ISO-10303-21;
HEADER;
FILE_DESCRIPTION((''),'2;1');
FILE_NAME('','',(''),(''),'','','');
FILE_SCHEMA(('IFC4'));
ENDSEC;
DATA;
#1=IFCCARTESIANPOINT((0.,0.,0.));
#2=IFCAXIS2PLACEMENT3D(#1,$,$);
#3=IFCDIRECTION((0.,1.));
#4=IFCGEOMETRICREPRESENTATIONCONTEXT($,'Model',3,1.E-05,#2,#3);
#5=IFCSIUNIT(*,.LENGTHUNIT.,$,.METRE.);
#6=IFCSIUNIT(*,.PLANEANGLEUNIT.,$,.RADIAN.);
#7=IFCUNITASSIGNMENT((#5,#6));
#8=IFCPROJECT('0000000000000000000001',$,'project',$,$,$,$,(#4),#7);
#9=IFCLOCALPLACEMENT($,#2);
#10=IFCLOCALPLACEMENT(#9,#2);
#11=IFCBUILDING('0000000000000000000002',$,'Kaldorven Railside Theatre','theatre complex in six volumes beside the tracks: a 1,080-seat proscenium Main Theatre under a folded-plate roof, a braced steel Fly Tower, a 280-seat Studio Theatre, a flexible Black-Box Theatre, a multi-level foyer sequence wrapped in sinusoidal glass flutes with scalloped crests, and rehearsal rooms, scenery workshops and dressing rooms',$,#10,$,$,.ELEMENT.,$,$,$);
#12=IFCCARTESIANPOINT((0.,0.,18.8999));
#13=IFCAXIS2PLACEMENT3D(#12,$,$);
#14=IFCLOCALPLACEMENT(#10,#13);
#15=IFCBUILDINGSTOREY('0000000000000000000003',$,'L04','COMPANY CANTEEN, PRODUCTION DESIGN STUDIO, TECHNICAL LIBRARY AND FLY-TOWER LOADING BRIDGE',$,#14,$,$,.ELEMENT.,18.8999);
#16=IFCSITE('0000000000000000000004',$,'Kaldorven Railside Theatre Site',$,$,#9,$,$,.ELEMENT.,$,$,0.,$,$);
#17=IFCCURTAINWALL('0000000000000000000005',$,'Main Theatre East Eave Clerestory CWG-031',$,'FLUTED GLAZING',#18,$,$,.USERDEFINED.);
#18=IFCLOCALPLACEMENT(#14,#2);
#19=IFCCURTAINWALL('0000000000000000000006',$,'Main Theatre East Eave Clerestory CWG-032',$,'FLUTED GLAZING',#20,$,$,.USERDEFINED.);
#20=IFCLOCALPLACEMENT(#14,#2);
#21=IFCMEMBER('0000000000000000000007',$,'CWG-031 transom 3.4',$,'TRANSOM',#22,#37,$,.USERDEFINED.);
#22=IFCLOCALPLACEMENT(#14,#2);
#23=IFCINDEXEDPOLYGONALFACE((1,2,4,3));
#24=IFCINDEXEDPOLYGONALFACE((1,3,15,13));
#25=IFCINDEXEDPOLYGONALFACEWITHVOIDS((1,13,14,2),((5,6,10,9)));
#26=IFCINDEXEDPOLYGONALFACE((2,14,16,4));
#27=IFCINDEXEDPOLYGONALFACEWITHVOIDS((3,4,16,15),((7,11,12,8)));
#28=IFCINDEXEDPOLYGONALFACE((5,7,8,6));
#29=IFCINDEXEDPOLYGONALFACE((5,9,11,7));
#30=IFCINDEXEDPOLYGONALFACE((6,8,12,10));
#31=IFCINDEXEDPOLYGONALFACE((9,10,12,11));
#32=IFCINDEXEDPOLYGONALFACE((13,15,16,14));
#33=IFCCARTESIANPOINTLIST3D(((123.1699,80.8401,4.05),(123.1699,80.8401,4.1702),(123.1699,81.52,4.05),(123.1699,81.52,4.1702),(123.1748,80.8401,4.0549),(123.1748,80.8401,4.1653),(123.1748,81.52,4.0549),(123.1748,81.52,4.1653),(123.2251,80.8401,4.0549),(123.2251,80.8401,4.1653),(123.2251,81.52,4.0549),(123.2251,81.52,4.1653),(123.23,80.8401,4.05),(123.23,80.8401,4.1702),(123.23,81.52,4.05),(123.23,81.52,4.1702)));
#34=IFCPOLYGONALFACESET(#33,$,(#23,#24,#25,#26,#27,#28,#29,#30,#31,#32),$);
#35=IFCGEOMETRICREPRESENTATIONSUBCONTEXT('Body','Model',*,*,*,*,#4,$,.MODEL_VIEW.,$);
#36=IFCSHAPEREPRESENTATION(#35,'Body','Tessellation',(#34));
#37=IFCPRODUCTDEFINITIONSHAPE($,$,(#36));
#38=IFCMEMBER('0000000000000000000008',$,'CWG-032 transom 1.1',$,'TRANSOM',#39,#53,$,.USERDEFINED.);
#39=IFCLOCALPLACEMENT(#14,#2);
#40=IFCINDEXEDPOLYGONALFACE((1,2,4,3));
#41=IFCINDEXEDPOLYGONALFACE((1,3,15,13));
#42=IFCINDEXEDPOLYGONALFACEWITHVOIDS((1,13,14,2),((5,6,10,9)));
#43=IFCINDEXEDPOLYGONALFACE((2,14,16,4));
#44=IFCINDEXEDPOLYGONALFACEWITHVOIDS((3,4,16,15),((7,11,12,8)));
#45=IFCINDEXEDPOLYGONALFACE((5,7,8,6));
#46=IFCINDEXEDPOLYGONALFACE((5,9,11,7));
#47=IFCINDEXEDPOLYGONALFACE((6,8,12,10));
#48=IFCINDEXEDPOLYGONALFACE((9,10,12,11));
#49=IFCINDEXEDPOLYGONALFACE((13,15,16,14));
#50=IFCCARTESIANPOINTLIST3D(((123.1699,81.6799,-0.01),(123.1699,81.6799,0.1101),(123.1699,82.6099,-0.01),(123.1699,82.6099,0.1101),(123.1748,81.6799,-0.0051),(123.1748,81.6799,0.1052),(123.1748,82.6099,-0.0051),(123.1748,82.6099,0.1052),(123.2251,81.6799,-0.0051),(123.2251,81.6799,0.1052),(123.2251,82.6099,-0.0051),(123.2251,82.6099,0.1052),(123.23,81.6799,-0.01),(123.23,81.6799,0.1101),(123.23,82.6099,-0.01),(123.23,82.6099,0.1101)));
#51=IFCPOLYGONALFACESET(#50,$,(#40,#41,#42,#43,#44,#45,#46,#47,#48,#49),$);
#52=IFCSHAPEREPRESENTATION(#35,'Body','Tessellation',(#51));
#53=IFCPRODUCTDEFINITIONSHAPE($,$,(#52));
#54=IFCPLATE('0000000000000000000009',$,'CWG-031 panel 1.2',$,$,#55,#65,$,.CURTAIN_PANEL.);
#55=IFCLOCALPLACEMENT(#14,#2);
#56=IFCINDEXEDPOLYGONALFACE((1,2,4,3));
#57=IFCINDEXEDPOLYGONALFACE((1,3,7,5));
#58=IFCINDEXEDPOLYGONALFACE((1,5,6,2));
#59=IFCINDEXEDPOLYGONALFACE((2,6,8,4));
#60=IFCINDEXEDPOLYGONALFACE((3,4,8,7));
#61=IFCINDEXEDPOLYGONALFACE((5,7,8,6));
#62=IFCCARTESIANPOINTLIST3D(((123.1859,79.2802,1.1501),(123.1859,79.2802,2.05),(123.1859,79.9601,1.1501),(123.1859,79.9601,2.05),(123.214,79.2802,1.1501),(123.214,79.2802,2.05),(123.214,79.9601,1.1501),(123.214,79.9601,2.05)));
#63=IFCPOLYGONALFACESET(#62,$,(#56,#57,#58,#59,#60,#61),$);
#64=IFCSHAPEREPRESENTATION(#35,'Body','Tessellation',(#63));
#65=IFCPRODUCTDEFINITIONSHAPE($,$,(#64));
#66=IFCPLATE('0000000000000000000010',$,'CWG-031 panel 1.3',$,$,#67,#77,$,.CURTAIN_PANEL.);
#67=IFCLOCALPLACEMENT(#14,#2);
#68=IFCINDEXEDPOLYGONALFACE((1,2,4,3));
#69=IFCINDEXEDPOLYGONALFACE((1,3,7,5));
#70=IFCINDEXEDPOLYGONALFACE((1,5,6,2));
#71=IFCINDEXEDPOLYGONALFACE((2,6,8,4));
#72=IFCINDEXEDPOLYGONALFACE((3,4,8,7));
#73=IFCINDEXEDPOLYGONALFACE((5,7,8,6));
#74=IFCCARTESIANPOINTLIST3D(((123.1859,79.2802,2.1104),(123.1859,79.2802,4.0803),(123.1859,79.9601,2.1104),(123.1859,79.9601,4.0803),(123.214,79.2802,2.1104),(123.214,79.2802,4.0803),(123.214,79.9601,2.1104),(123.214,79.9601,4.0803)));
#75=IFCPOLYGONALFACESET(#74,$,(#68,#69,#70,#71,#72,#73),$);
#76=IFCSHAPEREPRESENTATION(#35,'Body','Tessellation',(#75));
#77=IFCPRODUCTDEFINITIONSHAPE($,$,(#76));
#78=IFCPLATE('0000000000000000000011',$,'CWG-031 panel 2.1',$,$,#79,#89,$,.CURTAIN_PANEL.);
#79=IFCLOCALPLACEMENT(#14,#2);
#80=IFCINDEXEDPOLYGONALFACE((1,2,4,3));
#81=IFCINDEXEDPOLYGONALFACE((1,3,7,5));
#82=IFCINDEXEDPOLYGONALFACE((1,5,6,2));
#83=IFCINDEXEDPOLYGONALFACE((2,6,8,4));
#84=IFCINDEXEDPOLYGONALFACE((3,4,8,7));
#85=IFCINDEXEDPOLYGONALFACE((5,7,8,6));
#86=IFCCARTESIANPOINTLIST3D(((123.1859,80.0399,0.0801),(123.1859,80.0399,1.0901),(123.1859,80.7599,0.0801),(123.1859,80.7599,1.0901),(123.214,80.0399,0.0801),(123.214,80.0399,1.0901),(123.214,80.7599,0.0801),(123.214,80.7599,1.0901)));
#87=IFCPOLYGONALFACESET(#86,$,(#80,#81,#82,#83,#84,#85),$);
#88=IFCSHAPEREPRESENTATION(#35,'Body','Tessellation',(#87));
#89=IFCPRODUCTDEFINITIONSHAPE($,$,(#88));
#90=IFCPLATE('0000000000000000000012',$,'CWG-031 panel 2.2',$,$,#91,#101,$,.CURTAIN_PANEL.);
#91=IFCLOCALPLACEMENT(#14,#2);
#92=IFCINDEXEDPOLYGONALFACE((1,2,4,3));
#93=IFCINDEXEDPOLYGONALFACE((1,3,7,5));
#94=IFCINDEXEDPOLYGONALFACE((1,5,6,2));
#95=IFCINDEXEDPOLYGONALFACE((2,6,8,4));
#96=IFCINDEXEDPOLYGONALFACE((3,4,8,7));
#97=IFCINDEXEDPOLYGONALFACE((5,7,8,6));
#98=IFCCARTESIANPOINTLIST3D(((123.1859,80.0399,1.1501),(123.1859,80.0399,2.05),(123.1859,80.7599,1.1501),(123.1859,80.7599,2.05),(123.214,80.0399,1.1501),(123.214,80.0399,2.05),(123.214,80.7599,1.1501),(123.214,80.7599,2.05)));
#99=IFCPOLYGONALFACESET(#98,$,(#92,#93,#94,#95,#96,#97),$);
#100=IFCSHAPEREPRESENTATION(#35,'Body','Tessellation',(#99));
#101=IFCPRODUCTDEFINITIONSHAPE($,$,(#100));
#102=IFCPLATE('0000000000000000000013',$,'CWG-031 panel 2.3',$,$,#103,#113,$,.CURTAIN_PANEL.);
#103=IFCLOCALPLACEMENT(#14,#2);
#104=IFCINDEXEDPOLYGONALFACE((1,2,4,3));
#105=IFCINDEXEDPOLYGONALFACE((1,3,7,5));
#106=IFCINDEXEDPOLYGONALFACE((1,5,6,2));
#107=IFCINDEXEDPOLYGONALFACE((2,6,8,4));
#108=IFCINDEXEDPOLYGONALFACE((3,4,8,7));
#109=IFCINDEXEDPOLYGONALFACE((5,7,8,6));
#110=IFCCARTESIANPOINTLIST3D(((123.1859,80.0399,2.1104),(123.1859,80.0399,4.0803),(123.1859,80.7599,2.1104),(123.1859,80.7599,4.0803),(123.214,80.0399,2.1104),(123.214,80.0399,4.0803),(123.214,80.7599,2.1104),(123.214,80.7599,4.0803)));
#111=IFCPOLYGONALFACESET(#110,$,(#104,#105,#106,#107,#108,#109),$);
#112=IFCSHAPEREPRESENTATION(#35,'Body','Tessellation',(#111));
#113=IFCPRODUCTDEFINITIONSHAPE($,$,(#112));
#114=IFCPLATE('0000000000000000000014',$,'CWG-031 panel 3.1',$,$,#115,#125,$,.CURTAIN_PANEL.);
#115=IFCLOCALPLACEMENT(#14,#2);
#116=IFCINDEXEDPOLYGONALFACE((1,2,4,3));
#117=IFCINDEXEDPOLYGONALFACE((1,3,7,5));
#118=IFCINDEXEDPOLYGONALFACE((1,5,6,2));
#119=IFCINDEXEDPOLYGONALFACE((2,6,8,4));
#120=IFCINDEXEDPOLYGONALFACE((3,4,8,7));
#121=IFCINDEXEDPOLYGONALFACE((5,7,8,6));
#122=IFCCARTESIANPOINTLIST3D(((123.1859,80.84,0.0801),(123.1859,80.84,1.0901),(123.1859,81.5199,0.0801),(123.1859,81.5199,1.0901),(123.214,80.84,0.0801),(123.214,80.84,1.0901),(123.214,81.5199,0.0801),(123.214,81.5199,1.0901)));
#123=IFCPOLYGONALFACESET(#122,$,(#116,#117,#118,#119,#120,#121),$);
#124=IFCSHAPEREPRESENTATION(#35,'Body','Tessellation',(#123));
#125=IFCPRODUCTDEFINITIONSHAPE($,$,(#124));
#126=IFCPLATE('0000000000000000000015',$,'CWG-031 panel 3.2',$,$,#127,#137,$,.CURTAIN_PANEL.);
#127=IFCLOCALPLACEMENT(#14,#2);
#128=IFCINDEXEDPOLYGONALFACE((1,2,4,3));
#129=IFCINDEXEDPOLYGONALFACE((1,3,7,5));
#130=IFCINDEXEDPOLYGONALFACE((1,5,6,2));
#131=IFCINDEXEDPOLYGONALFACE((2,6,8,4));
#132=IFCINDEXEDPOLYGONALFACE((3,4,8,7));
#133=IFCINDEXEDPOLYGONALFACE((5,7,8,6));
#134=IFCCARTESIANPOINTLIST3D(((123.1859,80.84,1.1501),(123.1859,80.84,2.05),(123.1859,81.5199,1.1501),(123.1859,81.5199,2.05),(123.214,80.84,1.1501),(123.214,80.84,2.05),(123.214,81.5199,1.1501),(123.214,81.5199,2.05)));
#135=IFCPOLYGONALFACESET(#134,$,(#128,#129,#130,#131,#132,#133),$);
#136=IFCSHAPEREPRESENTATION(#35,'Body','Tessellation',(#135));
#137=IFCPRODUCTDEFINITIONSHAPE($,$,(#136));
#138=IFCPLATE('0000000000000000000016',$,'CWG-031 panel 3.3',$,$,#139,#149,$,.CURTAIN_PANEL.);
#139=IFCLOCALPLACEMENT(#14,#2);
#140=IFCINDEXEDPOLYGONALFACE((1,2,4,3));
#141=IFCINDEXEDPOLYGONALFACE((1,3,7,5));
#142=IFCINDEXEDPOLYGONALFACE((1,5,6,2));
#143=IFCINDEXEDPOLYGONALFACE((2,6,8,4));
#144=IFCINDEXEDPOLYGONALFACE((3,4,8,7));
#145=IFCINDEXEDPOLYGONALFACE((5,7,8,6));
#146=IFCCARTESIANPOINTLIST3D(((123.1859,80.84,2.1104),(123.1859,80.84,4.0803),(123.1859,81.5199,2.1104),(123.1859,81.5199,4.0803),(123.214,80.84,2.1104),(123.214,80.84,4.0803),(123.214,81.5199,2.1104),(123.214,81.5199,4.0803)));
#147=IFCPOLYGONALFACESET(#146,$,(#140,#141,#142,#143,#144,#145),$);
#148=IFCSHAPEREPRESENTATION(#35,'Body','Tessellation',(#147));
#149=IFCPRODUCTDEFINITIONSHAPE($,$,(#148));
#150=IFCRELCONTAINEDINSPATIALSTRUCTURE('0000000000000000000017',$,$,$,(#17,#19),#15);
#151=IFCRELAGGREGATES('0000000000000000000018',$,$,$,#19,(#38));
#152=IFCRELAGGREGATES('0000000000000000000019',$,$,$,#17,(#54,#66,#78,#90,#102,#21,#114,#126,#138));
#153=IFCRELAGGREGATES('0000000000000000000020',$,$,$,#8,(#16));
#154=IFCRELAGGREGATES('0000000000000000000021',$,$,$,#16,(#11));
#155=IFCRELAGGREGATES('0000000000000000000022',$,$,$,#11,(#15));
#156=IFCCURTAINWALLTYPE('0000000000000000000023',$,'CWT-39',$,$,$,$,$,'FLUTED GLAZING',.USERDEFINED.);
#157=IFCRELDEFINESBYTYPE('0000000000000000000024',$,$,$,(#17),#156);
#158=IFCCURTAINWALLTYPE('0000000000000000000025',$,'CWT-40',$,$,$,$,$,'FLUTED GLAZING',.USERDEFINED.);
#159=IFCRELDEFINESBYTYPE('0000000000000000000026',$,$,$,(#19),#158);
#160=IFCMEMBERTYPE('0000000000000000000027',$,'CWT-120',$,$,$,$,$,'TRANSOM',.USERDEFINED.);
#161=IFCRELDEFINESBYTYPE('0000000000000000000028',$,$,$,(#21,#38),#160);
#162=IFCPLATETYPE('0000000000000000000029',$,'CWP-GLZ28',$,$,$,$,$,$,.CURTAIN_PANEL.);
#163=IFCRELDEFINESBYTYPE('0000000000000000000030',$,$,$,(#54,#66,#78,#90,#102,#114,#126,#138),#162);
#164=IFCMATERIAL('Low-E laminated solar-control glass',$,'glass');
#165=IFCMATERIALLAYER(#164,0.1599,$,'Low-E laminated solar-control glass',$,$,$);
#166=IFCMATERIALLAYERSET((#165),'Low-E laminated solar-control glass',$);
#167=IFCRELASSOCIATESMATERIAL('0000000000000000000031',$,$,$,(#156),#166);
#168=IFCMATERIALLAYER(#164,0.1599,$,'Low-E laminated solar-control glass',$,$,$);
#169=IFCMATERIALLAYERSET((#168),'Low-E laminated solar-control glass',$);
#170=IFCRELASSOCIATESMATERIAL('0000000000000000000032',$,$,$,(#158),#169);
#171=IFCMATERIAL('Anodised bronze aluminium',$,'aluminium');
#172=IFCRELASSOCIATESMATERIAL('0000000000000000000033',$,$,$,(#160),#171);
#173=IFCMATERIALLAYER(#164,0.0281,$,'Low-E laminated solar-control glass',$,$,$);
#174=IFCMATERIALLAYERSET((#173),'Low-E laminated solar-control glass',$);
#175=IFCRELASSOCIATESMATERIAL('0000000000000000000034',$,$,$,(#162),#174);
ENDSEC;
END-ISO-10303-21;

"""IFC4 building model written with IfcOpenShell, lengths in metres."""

from ifc_helpers import new_model, si_unit, direction, frame, origin, origin_2d, place, context, subcontext, project, spatial, rectangle, hollow_rectangle, extrude, material, layer, layer_set, material_profile, profile_set, type_object, element, aggregate, save


model = new_model("IFC4")

# Units and contexts
model_context = context("Model", 3, precision=1e-05, world=origin(), true_north=direction((0.0, 1.0)))
body_context = subcontext(model_context, "Body", "Model", "MODEL_VIEW")
ifc_project = project(units=[si_unit("LENGTHUNIT", "METRE"), si_unit("PLANEANGLEUNIT", "RADIAN")], contexts=[model_context])

# Site, building, storey
site_placement = place(None, origin())
site = spatial("IfcSite", under=ifc_project, at=site_placement, Name="Kaldorven Railside Theatre Site", CompositionType="ELEMENT", RefElevation=0.0)
building_placement = place(site_placement, origin())
building = spatial("IfcBuilding", under=site, at=building_placement, Name="Kaldorven Railside Theatre", Description="theatre complex in six volumes beside the tracks: a 1,080-seat proscenium Main Theatre under a folded-plate roof, a braced steel Fly Tower, a 280-seat Studio Theatre, a flexible Black-Box Theatre, a multi-level foyer sequence wrapped in sinusoidal glass flutes with scalloped crests, and rehearsal rooms, scenery workshops and dressing rooms", CompositionType="ELEMENT")
storey_placement = place(building_placement, frame((0.0, 0.0, 18.8999)))
storey = spatial("IfcBuildingStorey", under=building, at=storey_placement, Name="L04", Description="COMPANY CANTEEN, PRODUCTION DESIGN STUDIO, TECHNICAL LIBRARY AND FLY-TOWER LOADING BRIDGE", CompositionType="ELEMENT", Elevation=18.8999)

# Curtain wall
ifc_material_1 = material(Name="Low-E laminated solar-control glass", Category="glass")
ifc_layer_1 = layer(ifc_material_1, 0.1599, Name="Low-E laminated solar-control glass")
ifc_layer_set_1 = layer_set([ifc_layer_1], Name="Low-E laminated solar-control glass")
curtain_wall_type_1 = type_object("IfcCurtainWallType", Name="CWT-39", ElementType="FLUTED GLAZING", PredefinedType="USERDEFINED", material=ifc_layer_set_1)
curtain_wall_1_placement = place(storey_placement, origin())
curtain_wall_1 = element("IfcCurtainWall", 1, at=curtain_wall_1_placement, inside=storey, type_object=curtain_wall_type_1, Name="Main Theatre East Eave Clerestory CWG-031", ObjectType="FLUTED GLAZING", PredefinedType="USERDEFINED")
ifc_material_2 = material(Name="Anodised bronze aluminium", Category="aluminium")

# Curtain wall
ifc_layer_2 = layer(ifc_material_1, 0.1599, Name="Low-E laminated solar-control glass")
ifc_layer_set_2 = layer_set([ifc_layer_2], Name="Low-E laminated solar-control glass")
curtain_wall_type_2 = type_object("IfcCurtainWallType", Name="CWT-40", ElementType="FLUTED GLAZING", PredefinedType="USERDEFINED", material=ifc_layer_set_2)
curtain_wall_2_placement = place(storey_placement, origin())
curtain_wall_2 = element("IfcCurtainWall", 2, at=curtain_wall_2_placement, inside=storey, type_object=curtain_wall_type_2, Name="Main Theatre East Eave Clerestory CWG-032", ObjectType="FLUTED GLAZING", PredefinedType="USERDEFINED")

# Members
ifc_material_profile_1 = material_profile(ifc_material_2, hollow_rectangle(XDim=0.0601, YDim=0.1201, WallThickness=0.0049, at=origin_2d()), Name="RHS 120x60x5")
ifc_profile_set_1 = profile_set([ifc_material_profile_1], Name="Anodised bronze aluminium")
member_type_1 = type_object("IfcMemberType", Name="CWT-120", ElementType="TRANSOM", PredefinedType="USERDEFINED", material=ifc_profile_set_1)
member_1_placement = place(storey_placement, frame((123.2, 80.8401, 4.1101), z_axis=(0.0, 1.0, 0.0), x_axis=(-1.0, 0.0, 0.0)))
member_1 = element("IfcMember", 3, at=member_1_placement, type_object=member_type_1, Name="CWG-031 transom 3.4", ObjectType="TRANSOM", PredefinedType="USERDEFINED", context=body_context, shape_type="SweptSolid", body=[
    extrude(hollow_rectangle(XDim=0.0601, YDim=0.1201, WallThickness=0.0049, at=origin_2d()), origin(), (0.0, 0.0, 1.0), 0.6799),
])
member_2_placement = place(storey_placement, frame((123.2, 81.6799, 0.05), z_axis=(0.0, 1.0, 0.0), x_axis=(-1.0, 0.0, 0.0)))
member_2 = element("IfcMember", 4, at=member_2_placement, type_object=member_type_1, Name="CWG-032 transom 1.1", ObjectType="TRANSOM", PredefinedType="USERDEFINED", context=body_context, shape_type="SweptSolid", body=[
    extrude(hollow_rectangle(XDim=0.0601, YDim=0.1201, WallThickness=0.0049, at=origin_2d()), origin(), (0.0, 0.0, 1.0), 0.9299),
])
aggregate(curtain_wall_2, [member_2])

# Plates
ifc_layer_3 = layer(ifc_material_1, 0.0281, Name="Low-E laminated solar-control glass")
ifc_layer_set_3 = layer_set([ifc_layer_3], Name="Low-E laminated solar-control glass")
plate_type = type_object("IfcPlateType", Name="CWP-GLZ28", PredefinedType="CURTAIN_PANEL", material=ifc_layer_set_3)
plate_1_placement = place(storey_placement, frame((123.2, 79.6201, 1.1501), z_axis=(0.0, 0.0, 1.0), x_axis=(0.0, 1.0, 0.0)))
plate_1 = element("IfcPlate", 5, at=plate_1_placement, type_object=plate_type, Name="CWG-031 panel 1.2", PredefinedType="CURTAIN_PANEL", context=body_context, shape_type="SweptSolid", body=[
    extrude(rectangle(XDim=0.6799, YDim=0.0281, at=origin_2d()), origin(), (0.0, 0.0, 1.0), 0.8999),
])
plate_2_placement = place(storey_placement, frame((123.2, 79.6201, 2.1104), z_axis=(0.0, 0.0, 1.0), x_axis=(0.0, 1.0, 0.0)))
plate_2 = element("IfcPlate", 6, at=plate_2_placement, type_object=plate_type, Name="CWG-031 panel 1.3", PredefinedType="CURTAIN_PANEL", context=body_context, shape_type="SweptSolid", body=[
    extrude(rectangle(XDim=0.6799, YDim=0.0281, at=origin_2d()), origin(), (0.0, 0.0, 1.0), 1.97),
])
plate_3_placement = place(storey_placement, frame((123.2, 80.3999, 0.0801), z_axis=(0.0, 0.0, 1.0), x_axis=(0.0, 1.0, 0.0)))
plate_3 = element("IfcPlate", 7, at=plate_3_placement, type_object=plate_type, Name="CWG-031 panel 2.1", PredefinedType="CURTAIN_PANEL", context=body_context, shape_type="SweptSolid", body=[
    extrude(rectangle(XDim=0.72, YDim=0.0281, at=origin_2d()), origin(), (0.0, 0.0, 1.0), 1.01),
])
plate_4_placement = place(storey_placement, frame((123.2, 80.3999, 1.1501), z_axis=(0.0, 0.0, 1.0), x_axis=(0.0, 1.0, 0.0)))
plate_4 = element("IfcPlate", 8, at=plate_4_placement, type_object=plate_type, Name="CWG-031 panel 2.2", PredefinedType="CURTAIN_PANEL", context=body_context, shape_type="SweptSolid", body=[
    extrude(rectangle(XDim=0.72, YDim=0.0281, at=origin_2d()), origin(), (0.0, 0.0, 1.0), 0.8999),
])
plate_5_placement = place(storey_placement, frame((123.2, 80.3999, 2.1104), z_axis=(0.0, 0.0, 1.0), x_axis=(0.0, 1.0, 0.0)))
plate_5 = element("IfcPlate", 9, at=plate_5_placement, type_object=plate_type, Name="CWG-031 panel 2.3", PredefinedType="CURTAIN_PANEL", context=body_context, shape_type="SweptSolid", body=[
    extrude(rectangle(XDim=0.72, YDim=0.0281, at=origin_2d()), origin(), (0.0, 0.0, 1.0), 1.97),
])
plate_6_placement = place(storey_placement, frame((123.2, 81.1799, 0.0801), z_axis=(0.0, 0.0, 1.0), x_axis=(0.0, 1.0, 0.0)))
plate_6 = element("IfcPlate", 10, at=plate_6_placement, type_object=plate_type, Name="CWG-031 panel 3.1", PredefinedType="CURTAIN_PANEL", context=body_context, shape_type="SweptSolid", body=[
    extrude(rectangle(XDim=0.6799, YDim=0.0281, at=origin_2d()), origin(), (0.0, 0.0, 1.0), 1.01),
])
plate_7_placement = place(storey_placement, frame((123.2, 81.1799, 1.1501), z_axis=(0.0, 0.0, 1.0), x_axis=(0.0, 1.0, 0.0)))
plate_7 = element("IfcPlate", 11, at=plate_7_placement, type_object=plate_type, Name="CWG-031 panel 3.2", PredefinedType="CURTAIN_PANEL", context=body_context, shape_type="SweptSolid", body=[
    extrude(rectangle(XDim=0.6799, YDim=0.0281, at=origin_2d()), origin(), (0.0, 0.0, 1.0), 0.8999),
])
plate_8_placement = place(storey_placement, frame((123.2, 81.1799, 2.1104), z_axis=(0.0, 0.0, 1.0), x_axis=(0.0, 1.0, 0.0)))
plate_8 = element("IfcPlate", 12, at=plate_8_placement, type_object=plate_type, Name="CWG-031 panel 3.3", PredefinedType="CURTAIN_PANEL", context=body_context, shape_type="SweptSolid", body=[
    extrude(rectangle(XDim=0.6799, YDim=0.0281, at=origin_2d()), origin(), (0.0, 0.0, 1.0), 1.97),
])
aggregate(curtain_wall_1, [plate_1, plate_2, plate_3, plate_4, plate_5, member_1, plate_6, plate_7, plate_8])

save(model, "model.ifc")
